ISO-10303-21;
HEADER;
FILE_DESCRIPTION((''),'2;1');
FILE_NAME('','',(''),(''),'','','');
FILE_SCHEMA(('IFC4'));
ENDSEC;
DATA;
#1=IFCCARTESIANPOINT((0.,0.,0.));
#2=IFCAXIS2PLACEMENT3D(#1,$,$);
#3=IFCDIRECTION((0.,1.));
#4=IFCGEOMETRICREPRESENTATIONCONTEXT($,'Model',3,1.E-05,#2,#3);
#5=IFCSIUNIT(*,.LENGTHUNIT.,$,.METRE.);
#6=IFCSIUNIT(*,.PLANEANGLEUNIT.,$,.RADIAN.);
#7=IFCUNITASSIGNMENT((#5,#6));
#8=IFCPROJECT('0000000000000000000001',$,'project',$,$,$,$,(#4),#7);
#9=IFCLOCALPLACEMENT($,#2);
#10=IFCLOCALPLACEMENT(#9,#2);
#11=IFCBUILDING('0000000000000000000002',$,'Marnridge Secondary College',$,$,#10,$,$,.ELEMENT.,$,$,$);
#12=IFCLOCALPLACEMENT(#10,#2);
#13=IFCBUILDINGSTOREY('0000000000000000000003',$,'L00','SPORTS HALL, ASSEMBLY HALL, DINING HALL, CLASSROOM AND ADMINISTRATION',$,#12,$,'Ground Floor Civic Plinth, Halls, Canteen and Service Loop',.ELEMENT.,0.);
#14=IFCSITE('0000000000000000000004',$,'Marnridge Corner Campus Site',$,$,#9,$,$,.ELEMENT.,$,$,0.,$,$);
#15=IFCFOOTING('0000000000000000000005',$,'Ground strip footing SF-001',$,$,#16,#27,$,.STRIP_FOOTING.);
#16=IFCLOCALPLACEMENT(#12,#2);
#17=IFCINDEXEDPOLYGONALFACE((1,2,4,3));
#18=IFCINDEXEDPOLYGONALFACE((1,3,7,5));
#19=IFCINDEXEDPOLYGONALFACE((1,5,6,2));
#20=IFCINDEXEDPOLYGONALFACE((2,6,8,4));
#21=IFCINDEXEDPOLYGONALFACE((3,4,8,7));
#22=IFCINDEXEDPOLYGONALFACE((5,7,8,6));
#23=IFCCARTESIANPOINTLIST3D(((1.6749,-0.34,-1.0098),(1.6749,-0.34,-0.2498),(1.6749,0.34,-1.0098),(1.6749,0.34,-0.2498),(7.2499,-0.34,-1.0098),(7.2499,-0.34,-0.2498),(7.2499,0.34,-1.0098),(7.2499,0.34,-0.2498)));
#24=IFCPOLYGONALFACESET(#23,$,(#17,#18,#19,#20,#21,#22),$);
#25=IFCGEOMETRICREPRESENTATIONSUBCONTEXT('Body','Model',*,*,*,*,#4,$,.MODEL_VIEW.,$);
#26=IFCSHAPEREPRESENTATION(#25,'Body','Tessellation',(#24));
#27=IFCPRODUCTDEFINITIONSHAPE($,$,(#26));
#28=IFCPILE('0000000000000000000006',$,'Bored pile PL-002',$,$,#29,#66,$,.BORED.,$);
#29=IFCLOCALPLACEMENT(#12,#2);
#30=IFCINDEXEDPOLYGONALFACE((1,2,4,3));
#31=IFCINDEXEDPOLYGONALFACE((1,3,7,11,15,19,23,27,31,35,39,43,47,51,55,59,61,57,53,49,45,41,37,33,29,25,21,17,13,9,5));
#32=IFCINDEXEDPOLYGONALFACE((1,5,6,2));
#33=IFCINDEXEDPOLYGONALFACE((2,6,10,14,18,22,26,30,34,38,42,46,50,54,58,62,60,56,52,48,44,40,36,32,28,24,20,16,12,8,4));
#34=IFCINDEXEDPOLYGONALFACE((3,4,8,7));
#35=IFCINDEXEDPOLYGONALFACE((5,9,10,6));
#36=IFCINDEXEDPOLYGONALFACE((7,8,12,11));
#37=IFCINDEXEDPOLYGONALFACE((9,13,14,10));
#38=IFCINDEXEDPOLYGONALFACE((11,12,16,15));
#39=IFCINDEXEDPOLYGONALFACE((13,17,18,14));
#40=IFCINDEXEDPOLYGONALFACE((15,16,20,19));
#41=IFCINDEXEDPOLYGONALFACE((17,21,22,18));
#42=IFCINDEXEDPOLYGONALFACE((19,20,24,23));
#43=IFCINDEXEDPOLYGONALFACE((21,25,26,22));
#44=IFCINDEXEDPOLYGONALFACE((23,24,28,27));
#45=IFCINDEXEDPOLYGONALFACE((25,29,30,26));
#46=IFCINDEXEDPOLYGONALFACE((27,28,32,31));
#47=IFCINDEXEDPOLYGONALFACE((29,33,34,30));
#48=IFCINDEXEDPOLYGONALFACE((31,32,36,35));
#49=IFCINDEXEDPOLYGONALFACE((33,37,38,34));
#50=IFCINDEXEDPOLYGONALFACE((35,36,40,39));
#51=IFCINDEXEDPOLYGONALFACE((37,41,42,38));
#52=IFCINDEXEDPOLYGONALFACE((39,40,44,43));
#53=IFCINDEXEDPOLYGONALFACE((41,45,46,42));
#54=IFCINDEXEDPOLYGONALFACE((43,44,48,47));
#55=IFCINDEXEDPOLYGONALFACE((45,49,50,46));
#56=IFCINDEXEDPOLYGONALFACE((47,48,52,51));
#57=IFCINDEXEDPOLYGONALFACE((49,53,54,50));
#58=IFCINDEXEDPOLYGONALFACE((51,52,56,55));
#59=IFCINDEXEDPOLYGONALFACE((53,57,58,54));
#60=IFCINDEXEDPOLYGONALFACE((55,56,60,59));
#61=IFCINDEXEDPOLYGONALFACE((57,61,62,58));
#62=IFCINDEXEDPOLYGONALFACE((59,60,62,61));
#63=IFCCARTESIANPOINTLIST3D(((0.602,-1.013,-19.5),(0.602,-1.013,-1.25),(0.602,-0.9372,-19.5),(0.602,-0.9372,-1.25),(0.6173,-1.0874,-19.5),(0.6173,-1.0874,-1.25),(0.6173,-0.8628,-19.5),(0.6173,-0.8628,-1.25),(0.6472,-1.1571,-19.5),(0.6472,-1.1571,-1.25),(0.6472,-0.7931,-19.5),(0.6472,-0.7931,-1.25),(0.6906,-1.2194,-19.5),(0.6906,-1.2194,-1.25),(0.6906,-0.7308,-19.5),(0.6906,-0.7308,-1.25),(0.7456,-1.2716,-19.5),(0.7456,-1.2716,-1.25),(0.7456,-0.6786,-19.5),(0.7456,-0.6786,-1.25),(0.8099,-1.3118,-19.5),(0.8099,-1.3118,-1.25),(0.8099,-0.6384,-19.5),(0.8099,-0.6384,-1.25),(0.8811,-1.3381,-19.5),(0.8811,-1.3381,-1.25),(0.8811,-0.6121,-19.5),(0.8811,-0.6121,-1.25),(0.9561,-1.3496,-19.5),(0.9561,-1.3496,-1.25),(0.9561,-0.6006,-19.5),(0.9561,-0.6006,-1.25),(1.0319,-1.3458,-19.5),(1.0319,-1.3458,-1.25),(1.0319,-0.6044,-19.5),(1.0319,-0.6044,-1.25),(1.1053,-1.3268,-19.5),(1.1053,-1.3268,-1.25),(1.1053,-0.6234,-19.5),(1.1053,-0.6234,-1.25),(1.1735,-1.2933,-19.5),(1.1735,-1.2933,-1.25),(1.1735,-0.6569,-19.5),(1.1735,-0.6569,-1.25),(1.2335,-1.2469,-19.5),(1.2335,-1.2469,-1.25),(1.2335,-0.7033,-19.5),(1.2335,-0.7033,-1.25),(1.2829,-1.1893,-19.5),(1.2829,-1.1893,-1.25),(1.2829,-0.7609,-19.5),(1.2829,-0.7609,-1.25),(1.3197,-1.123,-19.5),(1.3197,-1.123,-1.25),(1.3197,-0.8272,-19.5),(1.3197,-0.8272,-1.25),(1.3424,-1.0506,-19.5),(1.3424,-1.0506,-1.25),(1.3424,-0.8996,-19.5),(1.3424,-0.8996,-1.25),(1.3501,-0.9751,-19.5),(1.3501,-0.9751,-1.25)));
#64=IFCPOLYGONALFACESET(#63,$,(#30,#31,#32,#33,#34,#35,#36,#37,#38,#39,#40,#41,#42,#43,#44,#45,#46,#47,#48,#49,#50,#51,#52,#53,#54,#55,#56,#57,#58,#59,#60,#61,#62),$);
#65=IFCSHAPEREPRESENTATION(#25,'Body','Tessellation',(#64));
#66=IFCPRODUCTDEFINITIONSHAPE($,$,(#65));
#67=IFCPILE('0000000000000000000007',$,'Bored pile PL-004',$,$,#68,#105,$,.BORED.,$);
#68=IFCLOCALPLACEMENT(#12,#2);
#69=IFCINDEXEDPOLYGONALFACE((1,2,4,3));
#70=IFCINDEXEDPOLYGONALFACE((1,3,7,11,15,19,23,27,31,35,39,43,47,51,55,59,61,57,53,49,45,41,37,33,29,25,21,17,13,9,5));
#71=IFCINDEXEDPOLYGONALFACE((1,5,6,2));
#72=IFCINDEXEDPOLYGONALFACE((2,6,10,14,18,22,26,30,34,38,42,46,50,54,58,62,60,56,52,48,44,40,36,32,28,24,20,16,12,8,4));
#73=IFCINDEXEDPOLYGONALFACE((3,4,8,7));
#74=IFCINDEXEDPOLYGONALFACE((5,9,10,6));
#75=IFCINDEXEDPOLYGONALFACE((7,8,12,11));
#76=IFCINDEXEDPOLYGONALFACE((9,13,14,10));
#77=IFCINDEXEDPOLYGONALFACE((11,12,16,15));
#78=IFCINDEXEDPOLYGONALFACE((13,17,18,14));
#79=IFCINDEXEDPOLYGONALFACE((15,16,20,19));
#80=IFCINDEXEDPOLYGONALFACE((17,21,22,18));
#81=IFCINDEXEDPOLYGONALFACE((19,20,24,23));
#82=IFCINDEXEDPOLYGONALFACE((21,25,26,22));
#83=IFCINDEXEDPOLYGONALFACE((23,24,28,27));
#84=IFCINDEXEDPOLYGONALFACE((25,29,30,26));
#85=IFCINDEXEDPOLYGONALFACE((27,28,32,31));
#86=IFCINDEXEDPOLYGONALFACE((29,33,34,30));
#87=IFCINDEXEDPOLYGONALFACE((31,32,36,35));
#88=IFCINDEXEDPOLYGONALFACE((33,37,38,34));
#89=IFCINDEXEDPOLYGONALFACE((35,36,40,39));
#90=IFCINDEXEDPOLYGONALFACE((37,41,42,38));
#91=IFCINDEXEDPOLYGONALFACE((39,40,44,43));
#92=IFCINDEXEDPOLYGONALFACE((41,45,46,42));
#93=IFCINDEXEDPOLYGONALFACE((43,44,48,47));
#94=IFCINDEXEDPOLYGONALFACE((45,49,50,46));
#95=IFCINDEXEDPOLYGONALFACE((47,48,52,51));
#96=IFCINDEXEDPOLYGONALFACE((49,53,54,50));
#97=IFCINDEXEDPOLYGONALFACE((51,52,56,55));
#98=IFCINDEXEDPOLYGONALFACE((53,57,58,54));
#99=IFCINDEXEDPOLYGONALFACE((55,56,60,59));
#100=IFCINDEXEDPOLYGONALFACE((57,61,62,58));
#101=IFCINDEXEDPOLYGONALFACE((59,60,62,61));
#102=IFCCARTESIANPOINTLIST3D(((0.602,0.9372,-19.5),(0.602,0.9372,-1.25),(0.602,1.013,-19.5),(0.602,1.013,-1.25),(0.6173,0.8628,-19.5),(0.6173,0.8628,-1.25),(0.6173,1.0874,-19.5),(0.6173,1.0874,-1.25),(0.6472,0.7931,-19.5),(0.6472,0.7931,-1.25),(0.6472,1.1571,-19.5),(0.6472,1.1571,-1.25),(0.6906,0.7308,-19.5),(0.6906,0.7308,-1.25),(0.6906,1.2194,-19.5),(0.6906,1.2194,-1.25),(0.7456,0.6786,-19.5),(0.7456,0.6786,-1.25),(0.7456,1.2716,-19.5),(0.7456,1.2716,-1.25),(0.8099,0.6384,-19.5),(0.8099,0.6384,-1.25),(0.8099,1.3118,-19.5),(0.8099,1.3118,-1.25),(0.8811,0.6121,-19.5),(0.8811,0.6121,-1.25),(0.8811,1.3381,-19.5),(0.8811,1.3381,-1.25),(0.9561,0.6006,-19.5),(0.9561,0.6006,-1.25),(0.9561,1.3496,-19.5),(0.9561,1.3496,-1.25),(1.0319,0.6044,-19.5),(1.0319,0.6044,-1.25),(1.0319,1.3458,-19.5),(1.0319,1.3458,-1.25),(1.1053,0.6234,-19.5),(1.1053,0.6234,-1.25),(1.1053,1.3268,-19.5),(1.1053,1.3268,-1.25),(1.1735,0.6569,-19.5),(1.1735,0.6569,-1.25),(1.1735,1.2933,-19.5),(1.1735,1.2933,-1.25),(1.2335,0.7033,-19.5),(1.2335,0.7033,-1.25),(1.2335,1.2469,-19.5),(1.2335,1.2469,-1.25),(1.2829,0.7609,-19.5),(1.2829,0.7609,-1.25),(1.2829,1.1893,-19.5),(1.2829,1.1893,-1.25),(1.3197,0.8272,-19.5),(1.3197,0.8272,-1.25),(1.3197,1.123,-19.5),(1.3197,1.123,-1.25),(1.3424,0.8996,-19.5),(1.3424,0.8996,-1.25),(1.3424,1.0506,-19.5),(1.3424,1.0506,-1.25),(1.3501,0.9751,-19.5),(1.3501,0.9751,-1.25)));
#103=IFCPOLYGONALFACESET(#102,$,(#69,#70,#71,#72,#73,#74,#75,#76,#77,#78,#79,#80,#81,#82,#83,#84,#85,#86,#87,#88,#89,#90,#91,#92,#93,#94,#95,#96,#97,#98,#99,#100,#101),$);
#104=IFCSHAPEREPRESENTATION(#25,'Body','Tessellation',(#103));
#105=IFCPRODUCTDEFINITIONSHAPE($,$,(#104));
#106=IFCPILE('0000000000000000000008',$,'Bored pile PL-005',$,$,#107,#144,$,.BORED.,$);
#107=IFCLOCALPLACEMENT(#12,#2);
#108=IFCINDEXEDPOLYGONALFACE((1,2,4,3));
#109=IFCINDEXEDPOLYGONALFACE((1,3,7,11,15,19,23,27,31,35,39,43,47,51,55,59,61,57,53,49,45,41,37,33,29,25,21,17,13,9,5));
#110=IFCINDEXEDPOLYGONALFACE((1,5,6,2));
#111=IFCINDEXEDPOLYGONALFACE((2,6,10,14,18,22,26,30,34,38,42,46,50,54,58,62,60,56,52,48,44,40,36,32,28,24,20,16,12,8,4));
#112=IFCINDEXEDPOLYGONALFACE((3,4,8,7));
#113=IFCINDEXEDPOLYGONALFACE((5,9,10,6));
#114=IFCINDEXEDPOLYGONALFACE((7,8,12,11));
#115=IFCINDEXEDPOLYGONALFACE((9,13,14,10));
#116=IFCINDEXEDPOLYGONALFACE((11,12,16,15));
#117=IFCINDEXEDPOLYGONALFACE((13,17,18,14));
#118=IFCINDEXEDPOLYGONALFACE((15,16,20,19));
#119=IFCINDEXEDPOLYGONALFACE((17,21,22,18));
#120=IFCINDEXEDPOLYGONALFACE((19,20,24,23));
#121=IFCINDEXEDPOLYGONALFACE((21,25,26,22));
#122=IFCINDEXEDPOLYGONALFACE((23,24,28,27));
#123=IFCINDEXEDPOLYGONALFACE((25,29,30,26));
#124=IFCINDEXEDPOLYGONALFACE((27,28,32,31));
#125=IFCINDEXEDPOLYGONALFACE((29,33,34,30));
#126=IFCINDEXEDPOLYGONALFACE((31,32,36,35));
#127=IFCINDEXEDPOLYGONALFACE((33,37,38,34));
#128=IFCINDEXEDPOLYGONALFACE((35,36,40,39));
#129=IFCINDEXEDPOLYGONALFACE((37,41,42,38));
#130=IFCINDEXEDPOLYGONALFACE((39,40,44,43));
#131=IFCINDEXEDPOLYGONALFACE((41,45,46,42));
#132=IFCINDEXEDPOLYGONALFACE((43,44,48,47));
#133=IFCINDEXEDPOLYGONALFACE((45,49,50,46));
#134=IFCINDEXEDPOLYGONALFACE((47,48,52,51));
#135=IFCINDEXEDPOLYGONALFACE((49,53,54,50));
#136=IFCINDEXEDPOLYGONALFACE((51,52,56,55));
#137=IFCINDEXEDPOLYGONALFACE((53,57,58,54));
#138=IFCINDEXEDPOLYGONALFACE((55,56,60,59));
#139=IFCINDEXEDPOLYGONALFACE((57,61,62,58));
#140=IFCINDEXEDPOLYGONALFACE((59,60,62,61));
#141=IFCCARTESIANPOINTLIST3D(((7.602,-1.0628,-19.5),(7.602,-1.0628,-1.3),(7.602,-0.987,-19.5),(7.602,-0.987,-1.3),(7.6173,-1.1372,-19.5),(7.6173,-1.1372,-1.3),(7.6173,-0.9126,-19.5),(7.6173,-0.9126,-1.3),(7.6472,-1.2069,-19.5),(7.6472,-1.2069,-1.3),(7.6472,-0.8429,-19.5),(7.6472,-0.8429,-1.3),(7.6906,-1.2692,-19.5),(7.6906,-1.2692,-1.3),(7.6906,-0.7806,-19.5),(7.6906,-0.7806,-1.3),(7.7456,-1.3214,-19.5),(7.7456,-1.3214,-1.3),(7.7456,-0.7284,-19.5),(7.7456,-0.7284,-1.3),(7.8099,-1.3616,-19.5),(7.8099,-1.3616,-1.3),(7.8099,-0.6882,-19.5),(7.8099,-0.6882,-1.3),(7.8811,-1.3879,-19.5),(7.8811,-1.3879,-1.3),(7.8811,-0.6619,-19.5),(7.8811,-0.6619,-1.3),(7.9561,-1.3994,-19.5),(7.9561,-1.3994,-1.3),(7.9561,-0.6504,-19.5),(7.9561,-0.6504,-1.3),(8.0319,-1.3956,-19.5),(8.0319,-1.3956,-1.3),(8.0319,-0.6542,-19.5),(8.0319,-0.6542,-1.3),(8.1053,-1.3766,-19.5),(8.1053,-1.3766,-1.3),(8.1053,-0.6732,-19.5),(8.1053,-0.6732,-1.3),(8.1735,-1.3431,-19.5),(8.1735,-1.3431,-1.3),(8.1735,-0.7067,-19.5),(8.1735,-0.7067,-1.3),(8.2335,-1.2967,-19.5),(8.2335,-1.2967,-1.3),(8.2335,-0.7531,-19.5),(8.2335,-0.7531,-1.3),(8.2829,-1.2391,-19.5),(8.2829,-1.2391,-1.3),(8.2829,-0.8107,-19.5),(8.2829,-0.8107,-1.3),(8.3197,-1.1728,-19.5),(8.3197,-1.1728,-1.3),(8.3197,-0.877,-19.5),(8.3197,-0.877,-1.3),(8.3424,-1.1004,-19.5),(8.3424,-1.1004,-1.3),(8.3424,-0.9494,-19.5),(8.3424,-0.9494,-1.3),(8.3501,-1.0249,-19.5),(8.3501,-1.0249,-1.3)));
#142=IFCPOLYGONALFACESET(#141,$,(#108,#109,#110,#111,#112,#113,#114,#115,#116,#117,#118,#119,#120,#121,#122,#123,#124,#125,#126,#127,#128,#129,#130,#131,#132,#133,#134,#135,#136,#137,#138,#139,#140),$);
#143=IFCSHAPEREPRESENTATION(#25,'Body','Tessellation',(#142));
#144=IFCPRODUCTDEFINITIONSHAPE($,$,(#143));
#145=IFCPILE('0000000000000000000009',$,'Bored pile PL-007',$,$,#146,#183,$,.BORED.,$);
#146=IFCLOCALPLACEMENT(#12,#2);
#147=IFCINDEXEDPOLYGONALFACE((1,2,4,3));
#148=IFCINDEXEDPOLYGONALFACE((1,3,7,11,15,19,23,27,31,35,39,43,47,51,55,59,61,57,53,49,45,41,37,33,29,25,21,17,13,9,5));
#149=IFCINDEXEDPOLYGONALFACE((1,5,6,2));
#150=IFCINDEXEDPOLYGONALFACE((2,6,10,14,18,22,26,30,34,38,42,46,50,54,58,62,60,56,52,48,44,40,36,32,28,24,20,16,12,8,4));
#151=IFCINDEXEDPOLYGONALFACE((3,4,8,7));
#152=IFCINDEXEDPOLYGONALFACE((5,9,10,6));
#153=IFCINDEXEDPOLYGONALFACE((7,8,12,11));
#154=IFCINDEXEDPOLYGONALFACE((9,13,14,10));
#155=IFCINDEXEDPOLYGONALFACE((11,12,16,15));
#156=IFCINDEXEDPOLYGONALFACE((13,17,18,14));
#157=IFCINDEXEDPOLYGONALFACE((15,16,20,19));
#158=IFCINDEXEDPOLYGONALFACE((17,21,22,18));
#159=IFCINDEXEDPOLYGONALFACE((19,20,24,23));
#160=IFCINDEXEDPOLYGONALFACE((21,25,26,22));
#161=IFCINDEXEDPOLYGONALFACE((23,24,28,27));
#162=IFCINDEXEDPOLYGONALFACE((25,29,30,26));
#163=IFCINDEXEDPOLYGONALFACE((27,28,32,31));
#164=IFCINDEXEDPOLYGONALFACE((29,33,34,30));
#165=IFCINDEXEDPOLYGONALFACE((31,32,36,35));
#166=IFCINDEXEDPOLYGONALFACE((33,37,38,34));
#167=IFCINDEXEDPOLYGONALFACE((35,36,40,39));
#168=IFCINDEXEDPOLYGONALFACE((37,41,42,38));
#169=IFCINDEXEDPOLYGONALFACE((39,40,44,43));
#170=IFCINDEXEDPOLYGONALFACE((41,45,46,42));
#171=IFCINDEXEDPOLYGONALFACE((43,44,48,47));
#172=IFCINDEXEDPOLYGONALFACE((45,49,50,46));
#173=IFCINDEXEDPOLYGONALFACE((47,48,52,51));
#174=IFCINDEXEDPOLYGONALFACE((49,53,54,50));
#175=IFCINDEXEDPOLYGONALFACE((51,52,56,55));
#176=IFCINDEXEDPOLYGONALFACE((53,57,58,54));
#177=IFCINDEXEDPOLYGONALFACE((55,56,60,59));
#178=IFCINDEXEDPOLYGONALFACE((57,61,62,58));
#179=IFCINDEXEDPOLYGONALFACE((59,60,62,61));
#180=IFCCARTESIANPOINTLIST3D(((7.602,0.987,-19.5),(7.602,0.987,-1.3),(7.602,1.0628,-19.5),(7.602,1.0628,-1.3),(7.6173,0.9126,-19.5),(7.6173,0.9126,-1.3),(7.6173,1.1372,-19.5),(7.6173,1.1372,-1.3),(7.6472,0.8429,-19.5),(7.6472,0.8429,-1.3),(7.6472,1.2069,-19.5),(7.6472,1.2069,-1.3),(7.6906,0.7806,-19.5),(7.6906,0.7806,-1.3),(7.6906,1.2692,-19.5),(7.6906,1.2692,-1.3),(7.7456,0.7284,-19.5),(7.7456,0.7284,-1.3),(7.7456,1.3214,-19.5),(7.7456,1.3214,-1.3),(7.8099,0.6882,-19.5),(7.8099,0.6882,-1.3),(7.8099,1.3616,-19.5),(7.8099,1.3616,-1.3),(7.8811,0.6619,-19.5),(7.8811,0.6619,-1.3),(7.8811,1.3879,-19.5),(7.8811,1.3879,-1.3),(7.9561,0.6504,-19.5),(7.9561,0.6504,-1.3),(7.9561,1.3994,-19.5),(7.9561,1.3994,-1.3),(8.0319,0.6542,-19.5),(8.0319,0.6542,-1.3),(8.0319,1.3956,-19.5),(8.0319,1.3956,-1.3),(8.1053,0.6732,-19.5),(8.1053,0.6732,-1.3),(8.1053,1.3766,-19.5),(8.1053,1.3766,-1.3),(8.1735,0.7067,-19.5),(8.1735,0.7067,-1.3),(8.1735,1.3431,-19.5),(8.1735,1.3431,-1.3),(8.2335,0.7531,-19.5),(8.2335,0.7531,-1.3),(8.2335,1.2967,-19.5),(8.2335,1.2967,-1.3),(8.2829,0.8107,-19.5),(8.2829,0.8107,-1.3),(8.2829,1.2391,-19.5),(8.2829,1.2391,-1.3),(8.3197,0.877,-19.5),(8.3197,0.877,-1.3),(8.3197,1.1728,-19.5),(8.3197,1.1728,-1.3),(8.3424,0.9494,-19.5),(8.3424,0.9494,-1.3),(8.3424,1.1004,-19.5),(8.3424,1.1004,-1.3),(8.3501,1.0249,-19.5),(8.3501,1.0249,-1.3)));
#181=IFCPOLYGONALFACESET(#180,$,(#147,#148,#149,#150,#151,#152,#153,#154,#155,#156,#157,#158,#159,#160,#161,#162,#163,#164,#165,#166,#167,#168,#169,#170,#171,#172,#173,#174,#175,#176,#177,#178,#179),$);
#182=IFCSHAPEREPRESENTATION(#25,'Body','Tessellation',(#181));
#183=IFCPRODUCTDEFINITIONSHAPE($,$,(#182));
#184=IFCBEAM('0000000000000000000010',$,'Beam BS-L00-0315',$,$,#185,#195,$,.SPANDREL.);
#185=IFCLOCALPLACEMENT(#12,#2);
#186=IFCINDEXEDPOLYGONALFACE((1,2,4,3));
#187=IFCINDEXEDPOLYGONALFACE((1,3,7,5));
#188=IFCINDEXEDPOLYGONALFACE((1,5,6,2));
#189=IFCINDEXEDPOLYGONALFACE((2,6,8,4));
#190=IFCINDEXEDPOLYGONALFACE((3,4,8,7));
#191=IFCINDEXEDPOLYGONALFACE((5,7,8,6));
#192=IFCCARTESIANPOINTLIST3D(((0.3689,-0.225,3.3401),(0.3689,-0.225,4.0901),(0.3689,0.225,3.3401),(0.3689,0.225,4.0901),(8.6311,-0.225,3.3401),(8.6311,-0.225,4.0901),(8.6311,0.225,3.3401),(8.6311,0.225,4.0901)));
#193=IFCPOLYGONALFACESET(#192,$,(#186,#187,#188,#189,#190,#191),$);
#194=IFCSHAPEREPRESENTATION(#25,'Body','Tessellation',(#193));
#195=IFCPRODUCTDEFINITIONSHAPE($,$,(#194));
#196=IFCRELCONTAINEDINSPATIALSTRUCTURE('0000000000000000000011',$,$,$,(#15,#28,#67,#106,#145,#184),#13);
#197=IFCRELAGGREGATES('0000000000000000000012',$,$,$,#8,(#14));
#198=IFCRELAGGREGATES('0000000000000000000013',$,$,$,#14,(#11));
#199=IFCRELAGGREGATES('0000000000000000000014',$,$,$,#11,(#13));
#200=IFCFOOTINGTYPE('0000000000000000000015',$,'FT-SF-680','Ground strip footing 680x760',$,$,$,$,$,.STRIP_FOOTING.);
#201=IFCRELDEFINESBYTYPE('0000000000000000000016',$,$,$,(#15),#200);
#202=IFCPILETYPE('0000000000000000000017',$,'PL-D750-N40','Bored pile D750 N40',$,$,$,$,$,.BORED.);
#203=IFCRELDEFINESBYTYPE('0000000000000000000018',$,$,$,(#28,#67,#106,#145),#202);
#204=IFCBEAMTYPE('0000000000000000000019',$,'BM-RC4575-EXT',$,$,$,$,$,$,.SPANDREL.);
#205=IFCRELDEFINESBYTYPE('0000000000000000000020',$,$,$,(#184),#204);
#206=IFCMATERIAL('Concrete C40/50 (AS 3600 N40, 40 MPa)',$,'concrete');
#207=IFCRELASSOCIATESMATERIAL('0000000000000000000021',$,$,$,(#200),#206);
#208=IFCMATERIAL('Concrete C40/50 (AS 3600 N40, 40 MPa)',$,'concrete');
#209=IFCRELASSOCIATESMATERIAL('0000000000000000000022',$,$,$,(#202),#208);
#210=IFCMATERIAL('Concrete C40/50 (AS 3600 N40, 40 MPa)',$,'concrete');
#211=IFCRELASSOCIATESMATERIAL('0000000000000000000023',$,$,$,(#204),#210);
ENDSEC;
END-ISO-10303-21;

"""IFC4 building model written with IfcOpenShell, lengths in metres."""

from ifc_helpers import new_model, si_unit, direction, frame, origin, origin_2d, place, context, subcontext, project, spatial, rectangle, circle, extrude, material, material_profile, profile_set, type_object, element, save


model = new_model("IFC4")

# Units and contexts
model_context = context("Model", 3, precision=1e-05, world=origin(), true_north=direction((0.0, 1.0)))
body_context = subcontext(model_context, "Body", "Model", "MODEL_VIEW")
ifc_project = project(units=[si_unit("LENGTHUNIT", "METRE"), si_unit("PLANEANGLEUNIT", "RADIAN")], contexts=[model_context])

# Site, building, storey
site_placement = place(None, origin())
site = spatial("IfcSite", under=ifc_project, at=site_placement, Name="Marnridge Corner Campus Site", CompositionType="ELEMENT", RefElevation=0.0)
building_placement = place(site_placement, origin())
building = spatial("IfcBuilding", under=site, at=building_placement, Name="Marnridge Secondary College", CompositionType="ELEMENT")
storey_placement = place(building_placement, origin())
storey = spatial("IfcBuildingStorey", under=building, at=storey_placement, Name="L00", Description="SPORTS HALL, ASSEMBLY HALL, DINING HALL, CLASSROOM AND ADMINISTRATION", LongName="Ground Floor Civic Plinth, Halls, Canteen and Service Loop", CompositionType="ELEMENT", Elevation=0.0)

# Footing
ifc_material_1 = material(Name="Concrete C40/50 (AS 3600 N40, 40 MPa)", Category="concrete")
footing_type = type_object("IfcFootingType", Name="FT-SF-680", Description="Ground strip footing 680x760", PredefinedType="STRIP_FOOTING", material=ifc_material_1)
footing_placement = place(storey_placement, frame((4.4624, 0.0, -1.0098), z_axis=(0.0, 0.0, 1.0), x_axis=(1.0, 0.0, 0.0)))
element("IfcFooting", 1, at=footing_placement, inside=storey, type_object=footing_type, Name="Ground strip footing SF-001", PredefinedType="STRIP_FOOTING", context=body_context, shape_type="SweptSolid", body=[
    extrude(rectangle(XDim=5.575, YDim=0.6799, at=origin_2d()), origin(), (0.0, 0.0, 1.0), 0.76),
])

# Piles
ifc_material_2 = material(Name="Concrete C40/50 (AS 3600 N40, 40 MPa)", Category="concrete")
ifc_material_profile_1 = material_profile(ifc_material_2, circle(Radius=0.375, at=origin_2d()), Name="PILE D750")
ifc_profile_set_1 = profile_set([ifc_material_profile_1], Name="Concrete C40/50 (AS 3600 N40, 40 MPa)")
pile_type = type_object("IfcPileType", Name="PL-D750-N40", Description="Bored pile D750 N40", PredefinedType="BORED", material=ifc_profile_set_1)
for number, where, z_axis, x_axis, name in (
    (2, (0.9751, -0.9751, -1.25), (0.0, 0.0, -1.0), (1.0, 0.0, 0.0), "Bored pile PL-002"),
    (3, (0.9751, 0.9751, -1.25), (0.0, 0.0, -1.0), (1.0, 0.0, 0.0), "Bored pile PL-004"),
):
    element("IfcPile", number, at=place(storey_placement, frame(where, z_axis=z_axis, x_axis=x_axis)), inside=storey, type_object=pile_type, Name=name, PredefinedType="BORED", context=body_context, shape_type="SweptSolid", body=[
        extrude(circle(Radius=0.375, at=origin_2d()), origin(), (0.0, 0.0, 1.0), 18.25),
    ])
for number, where, z_axis, x_axis, name in (
    (4, (7.9751, -1.0249, -1.3), (0.0, 0.0, -1.0), (1.0, 0.0, 0.0), "Bored pile PL-005"),
    (5, (7.9751, 1.0249, -1.3), (0.0, 0.0, -1.0), (1.0, 0.0, 0.0), "Bored pile PL-007"),
):
    element("IfcPile", number, at=place(storey_placement, frame(where, z_axis=z_axis, x_axis=x_axis)), inside=storey, type_object=pile_type, Name=name, PredefinedType="BORED", context=body_context, shape_type="SweptSolid", body=[
        extrude(circle(Radius=0.375, at=origin_2d()), origin(), (0.0, 0.0, 1.0), 18.2),
    ])

# Beam
ifc_material_3 = material(Name="Concrete C40/50 (AS 3600 N40, 40 MPa)", Category="concrete")
ifc_material_profile_2 = material_profile(ifc_material_3, rectangle(XDim=0.45, YDim=0.75, at=origin_2d()), Name="RC 450x750")
ifc_profile_set_2 = profile_set([ifc_material_profile_2], Name="Concrete C40/50 (AS 3600 N40, 40 MPa)")
beam_type_1 = type_object("IfcBeamType", Name="BM-RC4575-EXT", PredefinedType="SPANDREL", material=ifc_profile_set_2)
beam_1_placement = place(storey_placement, frame((0.3689, 0.0, 3.7151), z_axis=(1.0, 0.0, 0.0), x_axis=(0.0, 1.0, 0.0)))
element("IfcBeam", 6, at=beam_1_placement, inside=storey, type_object=beam_type_1, Name="Beam BS-L00-0315", PredefinedType="SPANDREL", context=body_context, shape_type="SweptSolid", body=[
    extrude(rectangle(XDim=0.45, YDim=0.75, at=origin_2d()), origin(), (0.0, 0.0, 1.0), 8.2622),
])

save(model, "model.ifc")
